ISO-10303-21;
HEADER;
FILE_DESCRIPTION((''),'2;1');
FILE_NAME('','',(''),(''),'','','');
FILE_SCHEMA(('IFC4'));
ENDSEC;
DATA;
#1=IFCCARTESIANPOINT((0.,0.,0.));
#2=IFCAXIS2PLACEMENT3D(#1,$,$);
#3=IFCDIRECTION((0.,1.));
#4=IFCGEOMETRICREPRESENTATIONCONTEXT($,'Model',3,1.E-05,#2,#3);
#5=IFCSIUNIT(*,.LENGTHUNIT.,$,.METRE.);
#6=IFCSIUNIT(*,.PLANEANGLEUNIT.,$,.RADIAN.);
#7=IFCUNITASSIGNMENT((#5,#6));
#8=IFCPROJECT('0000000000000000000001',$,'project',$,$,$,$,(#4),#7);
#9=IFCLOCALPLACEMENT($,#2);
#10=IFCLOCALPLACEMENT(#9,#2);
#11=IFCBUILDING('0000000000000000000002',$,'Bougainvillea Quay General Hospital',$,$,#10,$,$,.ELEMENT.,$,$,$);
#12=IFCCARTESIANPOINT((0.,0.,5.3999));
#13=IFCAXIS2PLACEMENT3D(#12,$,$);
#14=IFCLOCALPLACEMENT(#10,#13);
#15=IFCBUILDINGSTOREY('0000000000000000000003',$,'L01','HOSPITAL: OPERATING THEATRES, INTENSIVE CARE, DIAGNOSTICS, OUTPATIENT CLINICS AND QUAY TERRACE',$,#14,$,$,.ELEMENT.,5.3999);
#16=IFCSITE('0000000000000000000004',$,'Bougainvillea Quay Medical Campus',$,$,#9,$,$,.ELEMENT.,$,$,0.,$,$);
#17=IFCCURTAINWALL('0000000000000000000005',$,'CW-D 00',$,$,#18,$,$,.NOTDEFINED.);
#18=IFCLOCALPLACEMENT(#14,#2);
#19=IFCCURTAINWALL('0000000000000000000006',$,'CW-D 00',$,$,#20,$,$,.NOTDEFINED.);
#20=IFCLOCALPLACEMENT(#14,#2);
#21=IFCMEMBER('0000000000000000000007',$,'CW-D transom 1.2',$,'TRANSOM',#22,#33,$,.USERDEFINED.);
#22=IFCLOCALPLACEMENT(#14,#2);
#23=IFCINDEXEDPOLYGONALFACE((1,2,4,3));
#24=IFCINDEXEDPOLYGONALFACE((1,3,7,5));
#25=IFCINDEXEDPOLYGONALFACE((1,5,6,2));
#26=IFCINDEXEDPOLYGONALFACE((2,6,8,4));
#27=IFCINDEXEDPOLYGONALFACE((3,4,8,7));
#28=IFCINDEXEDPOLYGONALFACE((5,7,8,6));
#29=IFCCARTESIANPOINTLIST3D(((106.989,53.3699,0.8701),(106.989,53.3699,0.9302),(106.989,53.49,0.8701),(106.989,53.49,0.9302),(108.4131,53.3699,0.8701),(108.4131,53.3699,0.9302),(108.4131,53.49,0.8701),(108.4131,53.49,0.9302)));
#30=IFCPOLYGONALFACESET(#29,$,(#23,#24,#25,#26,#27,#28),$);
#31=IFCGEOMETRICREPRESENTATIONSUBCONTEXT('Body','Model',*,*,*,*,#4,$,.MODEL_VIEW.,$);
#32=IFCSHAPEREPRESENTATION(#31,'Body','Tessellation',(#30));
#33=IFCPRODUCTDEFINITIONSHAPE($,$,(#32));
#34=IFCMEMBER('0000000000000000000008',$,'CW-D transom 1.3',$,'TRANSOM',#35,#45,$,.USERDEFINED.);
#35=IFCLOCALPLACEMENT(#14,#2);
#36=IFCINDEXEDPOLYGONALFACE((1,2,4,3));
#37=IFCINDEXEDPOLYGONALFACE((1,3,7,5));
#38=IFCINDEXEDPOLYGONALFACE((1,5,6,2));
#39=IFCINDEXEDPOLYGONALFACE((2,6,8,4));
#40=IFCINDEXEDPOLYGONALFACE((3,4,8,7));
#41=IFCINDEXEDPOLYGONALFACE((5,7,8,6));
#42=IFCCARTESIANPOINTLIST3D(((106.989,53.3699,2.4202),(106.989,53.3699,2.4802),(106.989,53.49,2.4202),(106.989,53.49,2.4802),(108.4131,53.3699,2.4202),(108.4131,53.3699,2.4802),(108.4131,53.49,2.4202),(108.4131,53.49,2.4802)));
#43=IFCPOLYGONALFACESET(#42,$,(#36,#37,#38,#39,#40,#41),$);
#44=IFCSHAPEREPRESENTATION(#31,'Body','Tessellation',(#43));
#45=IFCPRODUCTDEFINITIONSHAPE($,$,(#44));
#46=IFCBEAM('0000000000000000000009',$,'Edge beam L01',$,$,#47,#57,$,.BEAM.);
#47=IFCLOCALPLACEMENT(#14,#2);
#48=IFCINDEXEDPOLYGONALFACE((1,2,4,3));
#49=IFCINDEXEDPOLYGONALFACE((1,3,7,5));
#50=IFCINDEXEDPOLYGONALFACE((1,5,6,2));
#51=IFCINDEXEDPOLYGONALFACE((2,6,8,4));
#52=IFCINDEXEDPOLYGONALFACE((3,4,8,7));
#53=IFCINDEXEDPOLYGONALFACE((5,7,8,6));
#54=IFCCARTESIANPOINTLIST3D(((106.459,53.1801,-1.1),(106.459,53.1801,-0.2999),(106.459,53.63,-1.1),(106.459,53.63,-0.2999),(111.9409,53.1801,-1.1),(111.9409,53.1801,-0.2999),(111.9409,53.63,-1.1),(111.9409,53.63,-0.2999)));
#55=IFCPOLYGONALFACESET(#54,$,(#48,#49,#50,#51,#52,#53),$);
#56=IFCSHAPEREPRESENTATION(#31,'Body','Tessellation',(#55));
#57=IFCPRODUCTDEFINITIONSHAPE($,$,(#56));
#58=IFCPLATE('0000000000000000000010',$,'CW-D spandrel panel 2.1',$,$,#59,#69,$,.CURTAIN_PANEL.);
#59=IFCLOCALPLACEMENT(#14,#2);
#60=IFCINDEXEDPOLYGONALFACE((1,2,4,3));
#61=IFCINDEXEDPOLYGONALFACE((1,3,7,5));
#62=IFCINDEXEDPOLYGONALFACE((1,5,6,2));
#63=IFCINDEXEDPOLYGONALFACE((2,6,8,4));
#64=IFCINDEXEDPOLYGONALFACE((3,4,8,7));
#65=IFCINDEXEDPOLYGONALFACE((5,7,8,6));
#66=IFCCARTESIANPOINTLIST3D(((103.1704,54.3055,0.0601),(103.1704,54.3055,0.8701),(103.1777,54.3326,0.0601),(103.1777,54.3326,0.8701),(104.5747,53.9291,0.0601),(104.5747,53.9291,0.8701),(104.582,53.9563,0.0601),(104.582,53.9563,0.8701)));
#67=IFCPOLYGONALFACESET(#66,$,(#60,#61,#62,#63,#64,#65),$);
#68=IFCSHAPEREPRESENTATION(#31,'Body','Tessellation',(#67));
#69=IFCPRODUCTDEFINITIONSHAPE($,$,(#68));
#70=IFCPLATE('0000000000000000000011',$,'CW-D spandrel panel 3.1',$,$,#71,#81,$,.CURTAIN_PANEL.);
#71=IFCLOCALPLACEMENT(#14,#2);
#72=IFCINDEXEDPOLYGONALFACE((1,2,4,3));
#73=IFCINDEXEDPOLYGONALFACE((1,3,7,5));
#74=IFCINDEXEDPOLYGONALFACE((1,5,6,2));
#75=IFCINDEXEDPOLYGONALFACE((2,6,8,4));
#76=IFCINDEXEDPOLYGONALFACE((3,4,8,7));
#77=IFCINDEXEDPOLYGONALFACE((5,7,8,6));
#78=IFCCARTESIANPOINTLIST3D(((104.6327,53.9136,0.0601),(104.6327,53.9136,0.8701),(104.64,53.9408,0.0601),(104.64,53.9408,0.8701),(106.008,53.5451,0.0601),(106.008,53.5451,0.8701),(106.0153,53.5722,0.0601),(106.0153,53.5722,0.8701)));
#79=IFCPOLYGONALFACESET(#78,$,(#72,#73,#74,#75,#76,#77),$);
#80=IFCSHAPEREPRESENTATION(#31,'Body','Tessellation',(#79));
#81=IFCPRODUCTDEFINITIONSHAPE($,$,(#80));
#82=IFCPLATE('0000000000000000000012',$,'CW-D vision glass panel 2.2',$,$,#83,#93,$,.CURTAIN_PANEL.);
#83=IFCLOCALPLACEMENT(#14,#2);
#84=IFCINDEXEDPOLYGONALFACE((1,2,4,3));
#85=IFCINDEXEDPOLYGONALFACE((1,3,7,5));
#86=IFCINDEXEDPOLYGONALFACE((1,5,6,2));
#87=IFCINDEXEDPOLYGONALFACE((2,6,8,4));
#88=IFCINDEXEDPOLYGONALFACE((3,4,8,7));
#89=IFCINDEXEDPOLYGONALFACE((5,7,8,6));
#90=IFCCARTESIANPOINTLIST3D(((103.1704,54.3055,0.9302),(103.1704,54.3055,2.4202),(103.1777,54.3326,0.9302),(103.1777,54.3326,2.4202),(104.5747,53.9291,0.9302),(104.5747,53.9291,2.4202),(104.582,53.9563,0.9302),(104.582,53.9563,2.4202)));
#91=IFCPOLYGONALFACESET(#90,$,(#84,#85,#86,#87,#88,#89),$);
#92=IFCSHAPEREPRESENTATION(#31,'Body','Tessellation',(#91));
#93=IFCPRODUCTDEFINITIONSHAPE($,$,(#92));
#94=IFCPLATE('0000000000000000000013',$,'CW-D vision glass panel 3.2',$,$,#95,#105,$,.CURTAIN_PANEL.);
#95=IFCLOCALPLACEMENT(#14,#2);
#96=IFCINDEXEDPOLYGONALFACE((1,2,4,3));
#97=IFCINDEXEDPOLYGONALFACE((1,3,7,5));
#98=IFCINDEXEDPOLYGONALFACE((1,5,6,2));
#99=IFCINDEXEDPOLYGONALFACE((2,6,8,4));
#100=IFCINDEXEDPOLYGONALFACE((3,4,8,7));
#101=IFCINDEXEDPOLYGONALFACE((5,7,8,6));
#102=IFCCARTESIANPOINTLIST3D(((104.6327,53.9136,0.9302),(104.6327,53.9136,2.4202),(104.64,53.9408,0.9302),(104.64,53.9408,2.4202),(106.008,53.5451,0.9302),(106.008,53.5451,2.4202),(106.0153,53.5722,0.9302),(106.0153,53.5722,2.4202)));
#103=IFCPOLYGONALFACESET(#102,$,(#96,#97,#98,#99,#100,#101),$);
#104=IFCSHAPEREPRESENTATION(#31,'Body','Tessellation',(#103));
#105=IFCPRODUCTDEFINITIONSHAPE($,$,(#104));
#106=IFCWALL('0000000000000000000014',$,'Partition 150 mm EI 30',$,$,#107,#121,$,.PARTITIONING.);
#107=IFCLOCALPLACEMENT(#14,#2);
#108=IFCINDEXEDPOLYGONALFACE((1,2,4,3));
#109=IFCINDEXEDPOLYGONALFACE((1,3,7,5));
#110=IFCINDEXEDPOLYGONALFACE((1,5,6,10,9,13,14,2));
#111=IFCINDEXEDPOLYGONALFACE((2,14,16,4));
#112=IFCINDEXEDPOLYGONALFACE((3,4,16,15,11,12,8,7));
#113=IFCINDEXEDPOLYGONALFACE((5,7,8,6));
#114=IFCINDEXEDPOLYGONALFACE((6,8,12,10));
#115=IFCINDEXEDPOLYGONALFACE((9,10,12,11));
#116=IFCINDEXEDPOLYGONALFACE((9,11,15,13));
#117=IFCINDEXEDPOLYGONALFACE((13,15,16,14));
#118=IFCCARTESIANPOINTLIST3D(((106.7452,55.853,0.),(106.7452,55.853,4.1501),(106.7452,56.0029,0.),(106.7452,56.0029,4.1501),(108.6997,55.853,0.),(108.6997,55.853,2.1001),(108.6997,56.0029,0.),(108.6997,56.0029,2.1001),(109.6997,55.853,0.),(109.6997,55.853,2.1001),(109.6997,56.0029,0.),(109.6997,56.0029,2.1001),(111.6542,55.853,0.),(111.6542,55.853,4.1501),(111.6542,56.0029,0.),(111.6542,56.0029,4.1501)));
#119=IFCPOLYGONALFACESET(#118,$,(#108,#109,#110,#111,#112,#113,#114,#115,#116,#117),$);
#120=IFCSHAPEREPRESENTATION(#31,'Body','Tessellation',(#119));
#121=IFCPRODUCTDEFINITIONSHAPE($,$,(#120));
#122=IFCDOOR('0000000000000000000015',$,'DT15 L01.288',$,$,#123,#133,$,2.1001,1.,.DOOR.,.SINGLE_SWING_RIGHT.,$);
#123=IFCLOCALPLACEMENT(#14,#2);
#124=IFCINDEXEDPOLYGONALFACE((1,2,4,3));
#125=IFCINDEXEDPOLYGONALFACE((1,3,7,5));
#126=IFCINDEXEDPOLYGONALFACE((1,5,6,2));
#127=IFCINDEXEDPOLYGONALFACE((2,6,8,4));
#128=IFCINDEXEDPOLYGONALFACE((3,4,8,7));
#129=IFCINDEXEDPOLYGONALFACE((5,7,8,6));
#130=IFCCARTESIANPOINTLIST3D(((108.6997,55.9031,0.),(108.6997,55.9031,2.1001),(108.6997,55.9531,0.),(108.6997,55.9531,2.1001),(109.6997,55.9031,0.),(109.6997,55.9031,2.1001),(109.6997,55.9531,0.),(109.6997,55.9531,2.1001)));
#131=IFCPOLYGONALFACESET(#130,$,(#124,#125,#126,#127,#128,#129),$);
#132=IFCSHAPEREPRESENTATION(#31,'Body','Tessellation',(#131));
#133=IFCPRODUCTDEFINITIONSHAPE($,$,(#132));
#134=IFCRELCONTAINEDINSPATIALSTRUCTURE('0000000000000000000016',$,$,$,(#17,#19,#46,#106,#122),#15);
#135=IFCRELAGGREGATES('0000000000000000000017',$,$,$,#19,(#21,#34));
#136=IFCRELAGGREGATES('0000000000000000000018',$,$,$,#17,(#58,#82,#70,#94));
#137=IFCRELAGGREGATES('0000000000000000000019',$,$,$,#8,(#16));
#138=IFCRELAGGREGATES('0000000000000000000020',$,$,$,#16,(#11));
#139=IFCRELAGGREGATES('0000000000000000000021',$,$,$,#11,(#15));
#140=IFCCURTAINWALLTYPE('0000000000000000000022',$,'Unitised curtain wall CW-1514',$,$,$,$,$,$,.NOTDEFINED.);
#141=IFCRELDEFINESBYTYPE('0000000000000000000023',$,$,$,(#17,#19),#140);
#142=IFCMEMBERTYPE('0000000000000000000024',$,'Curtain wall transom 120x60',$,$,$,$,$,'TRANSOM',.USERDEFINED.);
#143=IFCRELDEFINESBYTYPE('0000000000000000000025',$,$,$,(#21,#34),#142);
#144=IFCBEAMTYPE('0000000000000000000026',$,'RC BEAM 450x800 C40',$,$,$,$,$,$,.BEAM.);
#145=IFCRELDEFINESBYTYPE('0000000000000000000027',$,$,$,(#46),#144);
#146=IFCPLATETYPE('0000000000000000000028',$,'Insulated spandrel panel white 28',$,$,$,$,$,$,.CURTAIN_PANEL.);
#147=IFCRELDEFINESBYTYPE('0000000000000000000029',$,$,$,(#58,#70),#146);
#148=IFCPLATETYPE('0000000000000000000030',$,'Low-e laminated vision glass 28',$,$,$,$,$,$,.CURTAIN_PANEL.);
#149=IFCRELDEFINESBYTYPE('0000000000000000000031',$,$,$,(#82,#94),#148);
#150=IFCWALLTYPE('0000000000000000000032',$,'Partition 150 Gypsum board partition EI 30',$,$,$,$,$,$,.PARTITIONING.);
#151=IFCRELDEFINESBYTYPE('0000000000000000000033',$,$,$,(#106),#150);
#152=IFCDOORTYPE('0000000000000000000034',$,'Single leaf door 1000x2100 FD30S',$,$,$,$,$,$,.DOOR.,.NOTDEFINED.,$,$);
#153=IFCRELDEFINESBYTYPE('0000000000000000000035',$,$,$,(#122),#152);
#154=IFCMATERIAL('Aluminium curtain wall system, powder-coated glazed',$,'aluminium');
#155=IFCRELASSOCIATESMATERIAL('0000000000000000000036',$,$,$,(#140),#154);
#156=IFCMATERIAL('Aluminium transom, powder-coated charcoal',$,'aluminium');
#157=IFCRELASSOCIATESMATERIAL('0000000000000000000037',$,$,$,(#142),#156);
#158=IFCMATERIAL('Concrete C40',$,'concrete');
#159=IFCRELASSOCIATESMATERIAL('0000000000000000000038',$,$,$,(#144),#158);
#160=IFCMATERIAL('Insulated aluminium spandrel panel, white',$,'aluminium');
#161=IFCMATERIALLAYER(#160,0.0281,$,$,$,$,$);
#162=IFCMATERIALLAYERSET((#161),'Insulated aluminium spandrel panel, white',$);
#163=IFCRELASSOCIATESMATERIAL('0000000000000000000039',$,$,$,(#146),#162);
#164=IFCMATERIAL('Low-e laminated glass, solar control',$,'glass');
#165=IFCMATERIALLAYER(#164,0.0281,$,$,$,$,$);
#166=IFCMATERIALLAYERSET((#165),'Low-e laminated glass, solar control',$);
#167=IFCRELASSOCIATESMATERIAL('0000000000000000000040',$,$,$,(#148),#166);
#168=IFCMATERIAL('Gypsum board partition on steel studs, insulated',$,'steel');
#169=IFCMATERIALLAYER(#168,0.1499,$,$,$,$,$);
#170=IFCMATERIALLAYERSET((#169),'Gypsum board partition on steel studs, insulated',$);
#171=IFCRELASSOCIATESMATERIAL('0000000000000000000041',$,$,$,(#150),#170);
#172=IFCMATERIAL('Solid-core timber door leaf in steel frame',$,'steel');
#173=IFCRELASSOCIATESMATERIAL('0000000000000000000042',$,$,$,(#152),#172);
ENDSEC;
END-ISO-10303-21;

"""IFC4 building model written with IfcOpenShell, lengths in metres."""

from ifc_helpers import new_model, si_unit, direction, frame, frame_2d, origin, origin_2d, place, context, subcontext, project, spatial, rectangle, extrude, material, layer, layer_set, material_profile, profile_set, type_object, element, fill, aggregate, save


model = new_model("IFC4")

# Units and contexts
model_context = context("Model", 3, precision=1e-05, world=origin(), true_north=direction((0.0, 1.0)))
body_context = subcontext(model_context, "Body", "Model", "MODEL_VIEW")
ifc_project = project(units=[si_unit("LENGTHUNIT", "METRE"), si_unit("PLANEANGLEUNIT", "RADIAN")], contexts=[model_context])

# Site, building, storey
site_placement = place(None, origin())
site = spatial("IfcSite", under=ifc_project, at=site_placement, Name="Bougainvillea Quay Medical Campus", CompositionType="ELEMENT", RefElevation=0.0)
building_placement = place(site_placement, origin())
building = spatial("IfcBuilding", under=site, at=building_placement, Name="Bougainvillea Quay General Hospital", CompositionType="ELEMENT")
storey_placement = place(building_placement, frame((0.0, 0.0, 5.3999)))
storey = spatial("IfcBuildingStorey", under=building, at=storey_placement, Name="L01", Description="HOSPITAL: OPERATING THEATRES, INTENSIVE CARE, DIAGNOSTICS, OUTPATIENT CLINICS AND QUAY TERRACE", CompositionType="ELEMENT", Elevation=5.3999)

# Curtain wall
ifc_material_1 = material(Name="Aluminium curtain wall system, powder-coated glazed", Category="aluminium")
curtain_wall_type = type_object("IfcCurtainWallType", Name="Unitised curtain wall CW-1514", PredefinedType="NOTDEFINED", material=ifc_material_1)
curtain_wall_1_placement = place(storey_placement, origin())
curtain_wall_1 = element("IfcCurtainWall", 1, at=curtain_wall_1_placement, inside=storey, type_object=curtain_wall_type, Name="CW-D 00", PredefinedType="NOTDEFINED")

# Curtain wall
curtain_wall_2_placement = place(storey_placement, origin())
curtain_wall_2 = element("IfcCurtainWall", 2, at=curtain_wall_2_placement, inside=storey, type_object=curtain_wall_type, Name="CW-D 00", PredefinedType="NOTDEFINED")

# Members
ifc_material_2 = material(Name="Aluminium transom, powder-coated charcoal", Category="aluminium")
ifc_material_profile_1 = material_profile(ifc_material_2, rectangle(XDim=0.1201, YDim=0.0601, at=origin_2d()))
ifc_profile_set_1 = profile_set([ifc_material_profile_1], Name="Aluminium transom, powder-coated charcoal")
member_type_1 = type_object("IfcMemberType", Name="Curtain wall transom 120x60", ElementType="TRANSOM", PredefinedType="USERDEFINED", material=ifc_profile_set_1)
member_1_placement = place(storey_placement, frame((106.989, 53.4299, 0.9001), z_axis=(1.0, 0.0, 0.0), x_axis=(0.0, 1.0, 0.0)))
member_1 = element("IfcMember", 3, at=member_1_placement, type_object=member_type_1, Name="CW-D transom 1.2", ObjectType="TRANSOM", PredefinedType="USERDEFINED", context=body_context, shape_type="SweptSolid", body=[
    extrude(rectangle(XDim=0.1201, YDim=0.0601, at=origin_2d()), origin(), (0.0, 0.0, 1.0), 1.4241),
])
member_2_placement = place(storey_placement, frame((106.989, 53.4299, 2.4502), z_axis=(1.0, 0.0, 0.0), x_axis=(0.0, 1.0, 0.0)))
member_2 = element("IfcMember", 4, at=member_2_placement, type_object=member_type_1, Name="CW-D transom 1.3", ObjectType="TRANSOM", PredefinedType="USERDEFINED", context=body_context, shape_type="SweptSolid", body=[
    extrude(rectangle(XDim=0.1201, YDim=0.0601, at=origin_2d()), origin(), (0.0, 0.0, 1.0), 1.4241),
])
aggregate(curtain_wall_2, [member_1, member_2])

# Beam
ifc_material_3 = material(Name="Concrete C40", Category="concrete")
ifc_material_profile_2 = material_profile(ifc_material_3, rectangle(XDim=0.45, YDim=0.8, at=origin_2d()))
ifc_profile_set_2 = profile_set([ifc_material_profile_2], Name="Concrete C40")
beam_type = type_object("IfcBeamType", Name="RC BEAM 450x800 C40", PredefinedType="BEAM", material=ifc_profile_set_2)
beam_placement = place(storey_placement, frame((106.459, 53.405, -0.7), z_axis=(1.0, 0.0, 0.0), x_axis=(0.0, 1.0, 0.0)))
element("IfcBeam", 5, at=beam_placement, inside=storey, type_object=beam_type, Name="Edge beam L01", PredefinedType="BEAM", context=body_context, shape_type="SweptSolid", body=[
    extrude(rectangle(XDim=0.45, YDim=0.8, at=origin_2d()), origin(), (0.0, 0.0, 1.0), 5.4819),
])

# Plates
ifc_material_4 = material(Name="Insulated aluminium spandrel panel, white", Category="aluminium")
ifc_layer_1 = layer(ifc_material_4, 0.0281)
ifc_layer_set_1 = layer_set([ifc_layer_1], Name="Insulated aluminium spandrel panel, white")
plate_type_1 = type_object("IfcPlateType", Name="Insulated spandrel panel white 28", PredefinedType="CURTAIN_PANEL", material=ifc_layer_set_1)
plate_1_placement = place(storey_placement, frame((103.8762, 54.1309, 0.0601), z_axis=(0.0, 0.0, 1.0), x_axis=(0.965916, -0.258855, 0.0)))
plate_1 = element("IfcPlate", 6, at=plate_1_placement, type_object=plate_type_1, Name="CW-D spandrel panel 2.1", PredefinedType="CURTAIN_PANEL", context=body_context, shape_type="SweptSolid", body=[
    extrude(rectangle(XDim=1.4539, YDim=0.0281, at=origin_2d()), origin(), (0.0, 0.0, 1.0), 0.8101),
])
plate_2_placement = place(storey_placement, frame((105.324, 53.7429, 0.0601), z_axis=(0.0, 0.0, 1.0), x_axis=(0.965916, -0.258855, 0.0)))
plate_2 = element("IfcPlate", 7, at=plate_2_placement, type_object=plate_type_1, Name="CW-D spandrel panel 3.1", PredefinedType="CURTAIN_PANEL", context=body_context, shape_type="SweptSolid", body=[
    extrude(rectangle(XDim=1.4238, YDim=0.0281, at=origin_2d()), origin(), (0.0, 0.0, 1.0), 0.8101),
])
ifc_material_5 = material(Name="Low-e laminated glass, solar control", Category="glass")
ifc_layer_2 = layer(ifc_material_5, 0.0281)
ifc_layer_set_2 = layer_set([ifc_layer_2], Name="Low-e laminated glass, solar control")
plate_type_2 = type_object("IfcPlateType", Name="Low-e laminated vision glass 28", PredefinedType="CURTAIN_PANEL", material=ifc_layer_set_2)
plate_3_placement = place(storey_placement, frame((103.8762, 54.1309, 0.9302), z_axis=(0.0, 0.0, 1.0), x_axis=(0.965916, -0.258855, 0.0)))
plate_3 = element("IfcPlate", 8, at=plate_3_placement, type_object=plate_type_2, Name="CW-D vision glass panel 2.2", PredefinedType="CURTAIN_PANEL", context=body_context, shape_type="SweptSolid", body=[
    extrude(rectangle(XDim=1.4539, YDim=0.0281, at=origin_2d()), origin(), (0.0, 0.0, 1.0), 1.49),
])
plate_4_placement = place(storey_placement, frame((105.324, 53.7429, 0.9302), z_axis=(0.0, 0.0, 1.0), x_axis=(0.965916, -0.258855, 0.0)))
plate_4 = element("IfcPlate", 9, at=plate_4_placement, type_object=plate_type_2, Name="CW-D vision glass panel 3.2", PredefinedType="CURTAIN_PANEL", context=body_context, shape_type="SweptSolid", body=[
    extrude(rectangle(XDim=1.4238, YDim=0.0281, at=origin_2d()), origin(), (0.0, 0.0, 1.0), 1.49),
])
aggregate(curtain_wall_1, [plate_1, plate_3, plate_2, plate_4])

# Wall, opening, door
ifc_material_6 = material(Name="Gypsum board partition on steel studs, insulated", Category="steel")
ifc_layer_3 = layer(ifc_material_6, 0.1499)
ifc_layer_set_3 = layer_set([ifc_layer_3], Name="Gypsum board partition on steel studs, insulated")
wall_type = type_object("IfcWallType", Name="Partition 150 Gypsum board partition EI 30", PredefinedType="PARTITIONING", material=ifc_layer_set_3)
wall_placement = place(storey_placement, frame((106.7451, 55.928, 0.0), z_axis=(0.0, 0.0, 1.0), x_axis=(1.0, 0.0, 0.0)))
wall = element("IfcWall", 10, at=wall_placement, inside=storey, type_object=wall_type, Name="Partition 150 mm EI 30", PredefinedType="PARTITIONING", context=body_context, shape_type="SweptSolid", body=[
    extrude(rectangle(XDim=4.9089, YDim=0.1499, at=frame_2d((2.4546, 0.0))), origin(), (0.0, 0.0, 1.0), 4.1501),
])
opening_placement = place(wall_placement, frame((1.9546, 0.0, 0.0)))
opening = element("IfcOpeningElement", 11, at=opening_placement, cuts=wall, PredefinedType="OPENING", context=body_context, shape_type="SweptSolid", body=[
    extrude(rectangle(XDim=1.0, YDim=2.1001, at=frame_2d((0.5, 1.05))), frame((0.0, 0.085, 0.0), z_axis=(0.0, -1.0, 0.0), x_axis=(1.0, 0.0, 0.0)), (0.0, 0.0, 1.0), 0.1699),
])
ifc_material_7 = material(Name="Solid-core timber door leaf in steel frame", Category="steel")
door_type = type_object("IfcDoorType", Name="Single leaf door 1000x2100 FD30S", OperationType="NOTDEFINED", PredefinedType="DOOR", material=ifc_material_7)
door_placement = place(opening_placement, frame((1.0, 0.0, 0.0), z_axis=(0.0, 0.0, 1.0), x_axis=(-1.0, 0.0, 0.0)))
door = element("IfcDoor", 12, at=door_placement, inside=storey, type_object=door_type, Name="DT15 L01.288", OperationType="SINGLE_SWING_RIGHT", OverallHeight=2.1001, OverallWidth=1.0, PredefinedType="DOOR", context=body_context, shape_type="SweptSolid", body=[
    extrude(rectangle(XDim=1.0, YDim=2.1001, at=frame_2d((0.5, 1.05))), frame((0.0, 0.0249, 0.0), z_axis=(0.0, -1.0, 0.0), x_axis=(1.0, 0.0, 0.0)), (0.0, 0.0, 1.0), 0.05),
])
fill(opening, door)

save(model, "model.ifc")
